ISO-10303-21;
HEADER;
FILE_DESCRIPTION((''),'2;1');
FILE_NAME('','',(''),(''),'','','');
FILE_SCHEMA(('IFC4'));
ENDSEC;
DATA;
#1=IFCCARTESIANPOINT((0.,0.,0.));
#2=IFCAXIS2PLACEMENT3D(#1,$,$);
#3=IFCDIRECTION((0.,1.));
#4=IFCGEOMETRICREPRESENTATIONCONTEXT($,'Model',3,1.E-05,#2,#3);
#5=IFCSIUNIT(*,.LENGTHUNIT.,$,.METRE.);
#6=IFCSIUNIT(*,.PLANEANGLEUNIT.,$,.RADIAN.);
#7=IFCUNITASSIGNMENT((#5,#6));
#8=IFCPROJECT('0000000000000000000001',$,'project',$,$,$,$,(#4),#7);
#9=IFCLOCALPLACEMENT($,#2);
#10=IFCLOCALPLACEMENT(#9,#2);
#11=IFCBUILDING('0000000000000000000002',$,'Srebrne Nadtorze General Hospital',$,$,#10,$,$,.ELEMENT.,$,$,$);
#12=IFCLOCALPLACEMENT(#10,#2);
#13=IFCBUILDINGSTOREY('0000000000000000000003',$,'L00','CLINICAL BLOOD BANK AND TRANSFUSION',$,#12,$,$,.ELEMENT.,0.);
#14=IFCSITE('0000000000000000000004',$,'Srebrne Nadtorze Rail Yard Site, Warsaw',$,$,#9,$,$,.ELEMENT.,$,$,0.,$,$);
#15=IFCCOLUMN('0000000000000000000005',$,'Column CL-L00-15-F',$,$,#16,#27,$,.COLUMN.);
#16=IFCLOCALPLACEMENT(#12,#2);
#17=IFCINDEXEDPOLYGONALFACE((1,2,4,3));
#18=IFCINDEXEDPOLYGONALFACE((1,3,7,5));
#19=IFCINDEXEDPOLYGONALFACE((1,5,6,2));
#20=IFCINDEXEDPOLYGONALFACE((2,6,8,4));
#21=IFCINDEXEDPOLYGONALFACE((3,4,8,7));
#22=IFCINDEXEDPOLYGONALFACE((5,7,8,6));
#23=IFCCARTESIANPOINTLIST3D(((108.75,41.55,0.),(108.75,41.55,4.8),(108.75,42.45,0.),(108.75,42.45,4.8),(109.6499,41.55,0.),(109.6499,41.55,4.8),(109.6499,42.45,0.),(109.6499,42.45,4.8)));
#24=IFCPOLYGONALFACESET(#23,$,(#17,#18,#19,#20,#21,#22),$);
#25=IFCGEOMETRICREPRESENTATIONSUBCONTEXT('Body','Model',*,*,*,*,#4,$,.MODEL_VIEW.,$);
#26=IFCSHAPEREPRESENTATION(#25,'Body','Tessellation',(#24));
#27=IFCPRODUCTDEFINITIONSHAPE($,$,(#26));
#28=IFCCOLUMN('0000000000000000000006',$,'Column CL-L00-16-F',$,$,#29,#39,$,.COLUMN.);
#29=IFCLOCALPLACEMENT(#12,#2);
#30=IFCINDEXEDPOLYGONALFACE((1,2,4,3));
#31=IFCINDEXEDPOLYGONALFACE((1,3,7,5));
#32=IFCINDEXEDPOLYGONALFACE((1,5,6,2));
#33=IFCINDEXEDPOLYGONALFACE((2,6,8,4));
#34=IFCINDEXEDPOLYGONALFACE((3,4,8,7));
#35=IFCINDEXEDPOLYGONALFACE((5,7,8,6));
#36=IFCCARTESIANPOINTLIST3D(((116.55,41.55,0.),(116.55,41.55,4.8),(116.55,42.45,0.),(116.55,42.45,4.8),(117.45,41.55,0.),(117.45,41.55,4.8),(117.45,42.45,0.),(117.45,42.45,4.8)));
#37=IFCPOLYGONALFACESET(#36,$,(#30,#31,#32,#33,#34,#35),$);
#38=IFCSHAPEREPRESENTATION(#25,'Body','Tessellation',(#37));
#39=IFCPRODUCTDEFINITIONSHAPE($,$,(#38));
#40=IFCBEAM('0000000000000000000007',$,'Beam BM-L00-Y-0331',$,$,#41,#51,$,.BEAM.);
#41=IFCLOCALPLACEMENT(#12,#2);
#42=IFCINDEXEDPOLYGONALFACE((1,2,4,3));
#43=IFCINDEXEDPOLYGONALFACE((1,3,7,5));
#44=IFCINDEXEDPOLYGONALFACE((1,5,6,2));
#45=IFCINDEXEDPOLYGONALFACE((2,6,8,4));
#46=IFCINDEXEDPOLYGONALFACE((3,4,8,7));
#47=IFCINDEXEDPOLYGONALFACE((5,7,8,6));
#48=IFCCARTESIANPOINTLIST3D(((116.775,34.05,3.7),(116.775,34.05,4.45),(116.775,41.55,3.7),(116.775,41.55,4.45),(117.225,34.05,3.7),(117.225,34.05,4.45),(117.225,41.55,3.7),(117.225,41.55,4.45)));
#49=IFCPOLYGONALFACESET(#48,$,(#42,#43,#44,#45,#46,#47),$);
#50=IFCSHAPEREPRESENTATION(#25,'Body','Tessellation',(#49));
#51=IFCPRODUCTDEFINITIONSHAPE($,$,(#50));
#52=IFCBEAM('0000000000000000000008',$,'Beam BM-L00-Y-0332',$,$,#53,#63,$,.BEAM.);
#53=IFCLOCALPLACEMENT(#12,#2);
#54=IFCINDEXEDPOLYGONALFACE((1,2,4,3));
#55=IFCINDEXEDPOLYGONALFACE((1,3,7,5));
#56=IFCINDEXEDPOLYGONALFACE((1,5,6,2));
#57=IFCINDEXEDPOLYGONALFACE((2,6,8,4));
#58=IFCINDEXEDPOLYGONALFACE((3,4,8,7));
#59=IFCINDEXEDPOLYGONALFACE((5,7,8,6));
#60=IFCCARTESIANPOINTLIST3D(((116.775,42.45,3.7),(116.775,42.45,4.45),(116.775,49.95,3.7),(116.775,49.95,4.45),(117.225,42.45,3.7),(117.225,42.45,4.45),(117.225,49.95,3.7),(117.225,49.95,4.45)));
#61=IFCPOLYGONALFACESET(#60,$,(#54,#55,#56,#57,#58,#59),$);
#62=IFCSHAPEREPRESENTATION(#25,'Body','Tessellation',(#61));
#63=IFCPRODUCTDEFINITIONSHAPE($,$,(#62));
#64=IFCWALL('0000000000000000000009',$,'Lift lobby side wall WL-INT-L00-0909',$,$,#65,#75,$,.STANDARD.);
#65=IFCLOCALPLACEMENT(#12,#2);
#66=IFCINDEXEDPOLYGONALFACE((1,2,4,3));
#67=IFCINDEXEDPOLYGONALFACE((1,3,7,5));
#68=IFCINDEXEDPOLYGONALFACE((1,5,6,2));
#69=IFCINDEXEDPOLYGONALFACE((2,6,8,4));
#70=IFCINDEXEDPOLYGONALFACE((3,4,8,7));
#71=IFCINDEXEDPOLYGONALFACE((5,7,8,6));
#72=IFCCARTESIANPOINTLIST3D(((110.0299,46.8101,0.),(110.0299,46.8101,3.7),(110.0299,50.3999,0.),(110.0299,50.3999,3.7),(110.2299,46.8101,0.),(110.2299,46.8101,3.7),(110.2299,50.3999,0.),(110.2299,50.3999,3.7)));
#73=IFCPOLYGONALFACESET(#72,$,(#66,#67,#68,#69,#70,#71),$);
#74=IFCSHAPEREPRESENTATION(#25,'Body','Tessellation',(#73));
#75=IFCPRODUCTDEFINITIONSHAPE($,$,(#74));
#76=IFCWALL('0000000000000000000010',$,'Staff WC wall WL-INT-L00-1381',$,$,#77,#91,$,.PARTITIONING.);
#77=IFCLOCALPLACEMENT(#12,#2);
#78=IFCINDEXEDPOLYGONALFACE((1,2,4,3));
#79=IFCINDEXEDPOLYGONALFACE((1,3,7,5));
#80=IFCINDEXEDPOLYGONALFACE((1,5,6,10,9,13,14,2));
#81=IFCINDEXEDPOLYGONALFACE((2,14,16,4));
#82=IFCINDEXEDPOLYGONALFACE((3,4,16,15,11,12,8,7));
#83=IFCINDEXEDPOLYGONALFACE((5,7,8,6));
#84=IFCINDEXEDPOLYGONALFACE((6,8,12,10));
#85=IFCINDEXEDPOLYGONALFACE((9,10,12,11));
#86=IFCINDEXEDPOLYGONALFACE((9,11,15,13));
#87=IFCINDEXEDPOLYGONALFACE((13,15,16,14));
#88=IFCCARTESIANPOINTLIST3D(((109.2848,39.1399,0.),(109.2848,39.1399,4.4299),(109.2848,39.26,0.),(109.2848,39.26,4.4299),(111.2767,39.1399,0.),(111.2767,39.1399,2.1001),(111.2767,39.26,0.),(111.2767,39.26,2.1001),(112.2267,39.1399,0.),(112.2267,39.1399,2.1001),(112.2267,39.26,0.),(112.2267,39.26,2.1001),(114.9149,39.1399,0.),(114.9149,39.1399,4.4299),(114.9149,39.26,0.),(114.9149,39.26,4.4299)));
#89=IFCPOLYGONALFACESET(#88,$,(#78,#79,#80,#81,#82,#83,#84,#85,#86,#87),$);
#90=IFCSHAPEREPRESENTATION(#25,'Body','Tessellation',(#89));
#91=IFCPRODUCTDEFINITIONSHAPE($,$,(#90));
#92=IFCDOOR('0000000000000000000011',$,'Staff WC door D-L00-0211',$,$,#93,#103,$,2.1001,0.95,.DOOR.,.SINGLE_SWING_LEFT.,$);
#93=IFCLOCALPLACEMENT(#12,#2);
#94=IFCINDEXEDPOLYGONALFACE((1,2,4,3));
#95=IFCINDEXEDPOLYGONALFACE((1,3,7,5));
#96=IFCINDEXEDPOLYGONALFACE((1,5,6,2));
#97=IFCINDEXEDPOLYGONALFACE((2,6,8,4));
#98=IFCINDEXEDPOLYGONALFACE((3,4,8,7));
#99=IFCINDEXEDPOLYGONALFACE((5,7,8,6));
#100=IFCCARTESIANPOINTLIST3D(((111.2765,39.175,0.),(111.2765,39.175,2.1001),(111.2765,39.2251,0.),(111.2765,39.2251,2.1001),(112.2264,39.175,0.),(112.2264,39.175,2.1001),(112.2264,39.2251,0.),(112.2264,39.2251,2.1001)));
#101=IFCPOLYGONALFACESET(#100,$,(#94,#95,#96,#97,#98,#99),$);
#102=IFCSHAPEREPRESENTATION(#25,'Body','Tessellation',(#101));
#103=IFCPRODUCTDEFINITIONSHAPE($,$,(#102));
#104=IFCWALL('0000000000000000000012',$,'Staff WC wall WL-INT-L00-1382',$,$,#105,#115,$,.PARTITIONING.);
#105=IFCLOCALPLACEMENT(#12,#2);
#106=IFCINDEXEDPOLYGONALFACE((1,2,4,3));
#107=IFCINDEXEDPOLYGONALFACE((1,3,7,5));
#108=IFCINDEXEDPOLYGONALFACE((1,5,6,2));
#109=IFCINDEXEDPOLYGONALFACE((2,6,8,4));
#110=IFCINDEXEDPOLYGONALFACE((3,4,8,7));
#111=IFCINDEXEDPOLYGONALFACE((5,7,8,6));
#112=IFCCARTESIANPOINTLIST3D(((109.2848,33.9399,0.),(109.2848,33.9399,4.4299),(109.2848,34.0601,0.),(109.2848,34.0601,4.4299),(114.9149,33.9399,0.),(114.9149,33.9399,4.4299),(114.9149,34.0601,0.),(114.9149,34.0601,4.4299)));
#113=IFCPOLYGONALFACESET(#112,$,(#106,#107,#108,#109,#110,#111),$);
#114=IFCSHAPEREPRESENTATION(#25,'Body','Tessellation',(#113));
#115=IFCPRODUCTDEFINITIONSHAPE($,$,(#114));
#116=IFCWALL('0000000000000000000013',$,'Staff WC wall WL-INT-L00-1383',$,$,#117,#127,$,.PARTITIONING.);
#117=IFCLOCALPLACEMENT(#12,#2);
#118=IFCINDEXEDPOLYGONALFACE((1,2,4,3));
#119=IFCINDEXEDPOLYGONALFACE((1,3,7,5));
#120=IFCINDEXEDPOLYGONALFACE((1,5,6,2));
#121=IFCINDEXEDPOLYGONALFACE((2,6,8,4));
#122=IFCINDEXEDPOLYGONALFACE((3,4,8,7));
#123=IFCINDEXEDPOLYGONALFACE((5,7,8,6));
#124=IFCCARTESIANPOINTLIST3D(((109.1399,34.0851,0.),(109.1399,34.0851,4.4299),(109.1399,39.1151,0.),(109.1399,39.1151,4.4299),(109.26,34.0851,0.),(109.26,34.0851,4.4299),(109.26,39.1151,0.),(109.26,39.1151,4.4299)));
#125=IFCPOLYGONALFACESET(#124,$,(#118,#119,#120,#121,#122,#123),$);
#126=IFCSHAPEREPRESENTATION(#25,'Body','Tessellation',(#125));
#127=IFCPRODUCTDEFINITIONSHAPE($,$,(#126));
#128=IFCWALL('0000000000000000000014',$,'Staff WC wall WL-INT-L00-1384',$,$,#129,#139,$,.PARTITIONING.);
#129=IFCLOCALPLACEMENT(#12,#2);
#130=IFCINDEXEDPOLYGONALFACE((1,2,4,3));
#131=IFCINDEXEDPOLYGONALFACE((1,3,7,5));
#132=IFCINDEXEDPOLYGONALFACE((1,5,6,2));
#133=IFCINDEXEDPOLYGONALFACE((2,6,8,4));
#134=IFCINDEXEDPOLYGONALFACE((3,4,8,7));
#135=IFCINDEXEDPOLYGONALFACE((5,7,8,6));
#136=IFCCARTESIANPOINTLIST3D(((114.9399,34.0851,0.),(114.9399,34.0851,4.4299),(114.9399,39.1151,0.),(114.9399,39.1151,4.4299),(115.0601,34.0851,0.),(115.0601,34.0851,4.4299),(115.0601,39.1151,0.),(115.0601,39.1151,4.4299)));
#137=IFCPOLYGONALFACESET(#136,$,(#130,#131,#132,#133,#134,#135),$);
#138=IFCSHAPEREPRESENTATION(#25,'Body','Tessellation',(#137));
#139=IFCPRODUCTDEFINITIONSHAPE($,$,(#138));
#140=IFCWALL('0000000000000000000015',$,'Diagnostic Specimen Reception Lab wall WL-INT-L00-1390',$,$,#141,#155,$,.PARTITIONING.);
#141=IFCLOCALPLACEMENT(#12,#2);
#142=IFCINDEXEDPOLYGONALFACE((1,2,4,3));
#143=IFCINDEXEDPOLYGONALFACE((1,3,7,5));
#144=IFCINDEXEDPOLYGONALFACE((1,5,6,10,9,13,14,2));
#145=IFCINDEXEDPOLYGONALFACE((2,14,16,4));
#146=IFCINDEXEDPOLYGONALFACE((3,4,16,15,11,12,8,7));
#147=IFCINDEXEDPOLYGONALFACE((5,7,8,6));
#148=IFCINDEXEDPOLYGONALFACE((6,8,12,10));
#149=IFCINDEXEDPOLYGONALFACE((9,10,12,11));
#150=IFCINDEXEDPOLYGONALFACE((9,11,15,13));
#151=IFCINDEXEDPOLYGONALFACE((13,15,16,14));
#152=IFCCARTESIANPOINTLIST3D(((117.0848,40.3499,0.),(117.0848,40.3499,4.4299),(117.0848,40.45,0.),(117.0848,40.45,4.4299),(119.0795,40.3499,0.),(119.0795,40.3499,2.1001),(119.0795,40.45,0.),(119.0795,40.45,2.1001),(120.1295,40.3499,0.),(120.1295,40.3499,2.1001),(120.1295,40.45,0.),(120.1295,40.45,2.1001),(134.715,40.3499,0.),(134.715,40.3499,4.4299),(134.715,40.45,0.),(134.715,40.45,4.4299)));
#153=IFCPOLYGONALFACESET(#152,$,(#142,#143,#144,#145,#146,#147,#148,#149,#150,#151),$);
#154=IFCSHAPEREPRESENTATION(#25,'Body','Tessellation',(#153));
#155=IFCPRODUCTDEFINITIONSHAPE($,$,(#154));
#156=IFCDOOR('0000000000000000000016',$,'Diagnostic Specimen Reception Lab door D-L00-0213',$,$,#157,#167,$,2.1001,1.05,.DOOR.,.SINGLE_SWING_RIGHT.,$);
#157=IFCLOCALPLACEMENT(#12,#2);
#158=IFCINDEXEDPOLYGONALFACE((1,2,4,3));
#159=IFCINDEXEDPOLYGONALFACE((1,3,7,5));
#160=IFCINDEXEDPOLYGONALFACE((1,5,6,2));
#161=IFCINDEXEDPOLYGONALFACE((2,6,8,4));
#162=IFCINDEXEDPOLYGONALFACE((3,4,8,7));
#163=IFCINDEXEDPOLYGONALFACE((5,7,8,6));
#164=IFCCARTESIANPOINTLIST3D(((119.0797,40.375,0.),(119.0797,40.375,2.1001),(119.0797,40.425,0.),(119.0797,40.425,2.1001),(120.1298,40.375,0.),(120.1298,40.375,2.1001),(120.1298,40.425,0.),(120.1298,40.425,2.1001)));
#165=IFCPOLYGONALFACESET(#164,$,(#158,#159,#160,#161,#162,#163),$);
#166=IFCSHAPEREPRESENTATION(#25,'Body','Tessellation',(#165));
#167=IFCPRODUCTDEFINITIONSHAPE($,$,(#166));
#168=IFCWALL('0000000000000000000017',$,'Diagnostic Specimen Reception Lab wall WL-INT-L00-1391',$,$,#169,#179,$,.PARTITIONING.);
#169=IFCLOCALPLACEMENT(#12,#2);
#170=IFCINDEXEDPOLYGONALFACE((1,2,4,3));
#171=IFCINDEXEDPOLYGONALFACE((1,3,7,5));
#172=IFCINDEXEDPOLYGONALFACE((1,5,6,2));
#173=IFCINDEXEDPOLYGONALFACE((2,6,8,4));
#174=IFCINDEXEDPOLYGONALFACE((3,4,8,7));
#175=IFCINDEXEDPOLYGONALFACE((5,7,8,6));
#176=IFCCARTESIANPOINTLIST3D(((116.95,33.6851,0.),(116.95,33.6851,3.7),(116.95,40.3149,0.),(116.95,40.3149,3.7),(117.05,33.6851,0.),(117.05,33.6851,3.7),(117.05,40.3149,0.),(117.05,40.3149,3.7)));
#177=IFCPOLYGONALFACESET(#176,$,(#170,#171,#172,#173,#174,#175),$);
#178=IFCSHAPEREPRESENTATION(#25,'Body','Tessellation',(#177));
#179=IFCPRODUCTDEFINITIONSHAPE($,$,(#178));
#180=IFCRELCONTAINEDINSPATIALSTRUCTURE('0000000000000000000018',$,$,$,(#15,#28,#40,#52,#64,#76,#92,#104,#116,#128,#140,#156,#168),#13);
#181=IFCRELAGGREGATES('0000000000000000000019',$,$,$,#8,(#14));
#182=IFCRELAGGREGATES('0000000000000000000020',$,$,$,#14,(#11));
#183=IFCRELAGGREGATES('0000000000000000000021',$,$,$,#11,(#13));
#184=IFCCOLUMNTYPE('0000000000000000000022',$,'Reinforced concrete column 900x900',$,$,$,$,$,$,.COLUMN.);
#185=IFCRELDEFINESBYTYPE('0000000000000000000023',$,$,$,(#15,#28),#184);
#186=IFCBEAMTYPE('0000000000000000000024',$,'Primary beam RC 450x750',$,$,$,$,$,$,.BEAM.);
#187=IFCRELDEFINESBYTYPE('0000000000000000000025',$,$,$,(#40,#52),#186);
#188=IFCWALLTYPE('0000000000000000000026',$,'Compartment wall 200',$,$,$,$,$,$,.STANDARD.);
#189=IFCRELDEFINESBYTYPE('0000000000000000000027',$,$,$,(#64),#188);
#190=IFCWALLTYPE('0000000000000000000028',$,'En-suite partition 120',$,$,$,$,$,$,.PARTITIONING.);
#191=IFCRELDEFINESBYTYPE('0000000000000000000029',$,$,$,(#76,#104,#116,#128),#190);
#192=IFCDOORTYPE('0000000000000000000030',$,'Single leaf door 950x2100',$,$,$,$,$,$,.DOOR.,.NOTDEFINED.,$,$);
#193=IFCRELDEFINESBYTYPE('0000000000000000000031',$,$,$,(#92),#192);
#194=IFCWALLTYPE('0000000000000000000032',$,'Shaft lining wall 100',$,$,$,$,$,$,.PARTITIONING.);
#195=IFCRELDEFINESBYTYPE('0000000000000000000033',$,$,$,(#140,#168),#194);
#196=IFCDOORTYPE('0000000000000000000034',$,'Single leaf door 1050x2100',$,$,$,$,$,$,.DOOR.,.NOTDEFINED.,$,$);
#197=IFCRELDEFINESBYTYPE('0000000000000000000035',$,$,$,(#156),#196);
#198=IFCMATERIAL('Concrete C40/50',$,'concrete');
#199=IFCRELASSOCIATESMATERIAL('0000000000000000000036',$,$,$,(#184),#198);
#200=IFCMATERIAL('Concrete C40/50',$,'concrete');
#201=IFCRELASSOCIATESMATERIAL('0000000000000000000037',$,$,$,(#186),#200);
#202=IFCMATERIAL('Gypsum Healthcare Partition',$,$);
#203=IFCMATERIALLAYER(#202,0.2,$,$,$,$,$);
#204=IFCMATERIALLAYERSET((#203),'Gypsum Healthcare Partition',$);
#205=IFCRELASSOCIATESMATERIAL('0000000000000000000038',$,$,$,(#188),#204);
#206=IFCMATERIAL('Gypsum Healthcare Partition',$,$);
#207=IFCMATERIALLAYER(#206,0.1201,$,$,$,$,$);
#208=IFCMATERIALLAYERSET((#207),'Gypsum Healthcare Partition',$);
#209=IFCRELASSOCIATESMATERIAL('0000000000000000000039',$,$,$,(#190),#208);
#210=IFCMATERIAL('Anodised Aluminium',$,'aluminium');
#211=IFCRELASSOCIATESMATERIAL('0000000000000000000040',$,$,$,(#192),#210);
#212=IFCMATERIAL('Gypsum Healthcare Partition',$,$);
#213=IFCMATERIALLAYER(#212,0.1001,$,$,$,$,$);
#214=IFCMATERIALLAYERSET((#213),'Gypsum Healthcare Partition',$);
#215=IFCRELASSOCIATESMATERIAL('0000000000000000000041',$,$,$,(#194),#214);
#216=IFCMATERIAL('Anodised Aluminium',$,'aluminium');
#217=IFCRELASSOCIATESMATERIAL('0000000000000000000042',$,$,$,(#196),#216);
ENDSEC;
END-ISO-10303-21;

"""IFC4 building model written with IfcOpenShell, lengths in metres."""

from ifc_helpers import new_model, si_unit, direction, frame, frame_2d, origin, origin_2d, place, context, subcontext, project, spatial, rectangle, extrude, material, layer, layer_set, material_profile, profile_set, type_object, element, fill, save


model = new_model("IFC4")

# Units and contexts
model_context = context("Model", 3, precision=1e-05, world=origin(), true_north=direction((0.0, 1.0)))
body_context = subcontext(model_context, "Body", "Model", "MODEL_VIEW")
ifc_project = project(units=[si_unit("LENGTHUNIT", "METRE"), si_unit("PLANEANGLEUNIT", "RADIAN")], contexts=[model_context])

# Site, building, storey
site_placement = place(None, origin())
site = spatial("IfcSite", under=ifc_project, at=site_placement, Name="Srebrne Nadtorze Rail Yard Site, Warsaw", CompositionType="ELEMENT", RefElevation=0.0)
building_placement = place(site_placement, origin())
building = spatial("IfcBuilding", under=site, at=building_placement, Name="Srebrne Nadtorze General Hospital", CompositionType="ELEMENT")
storey_placement = place(building_placement, origin())
storey = spatial("IfcBuildingStorey", under=building, at=storey_placement, Name="L00", Description="CLINICAL BLOOD BANK AND TRANSFUSION", CompositionType="ELEMENT", Elevation=0.0)

# Columns
ifc_material_1 = material(Name="Concrete C40/50", Category="concrete")
ifc_material_profile_1 = material_profile(ifc_material_1, rectangle(XDim=0.8999, YDim=0.8999, at=origin_2d()), Name="RC-COL-900x900")
ifc_profile_set_1 = profile_set([ifc_material_profile_1], Name="Concrete C40/50")
column_type = type_object("IfcColumnType", Name="Reinforced concrete column 900x900", PredefinedType="COLUMN", material=ifc_profile_set_1)
for number, where, z_axis, x_axis, name in (
    (1, (109.2, 42.0, 0.0), (0.0, 0.0, 1.0), (1.0, 0.0, 0.0), "Column CL-L00-15-F"),
    (2, (117.0, 42.0, 0.0), (0.0, 0.0, 1.0), (1.0, 0.0, 0.0), "Column CL-L00-16-F"),
):
    element("IfcColumn", number, at=place(storey_placement, frame(where, z_axis=z_axis, x_axis=x_axis)), inside=storey, type_object=column_type, Name=name, PredefinedType="COLUMN", context=body_context, shape_type="SweptSolid", body=[
        extrude(rectangle(XDim=0.8999, YDim=0.8999, at=origin_2d()), origin(), (0.0, 0.0, 1.0), 4.8),
    ])

# Beams
ifc_material_2 = material(Name="Concrete C40/50", Category="concrete")
ifc_material_profile_2 = material_profile(ifc_material_2, rectangle(XDim=0.45, YDim=0.75, at=origin_2d()), Name="RC-BM-450x750")
ifc_profile_set_2 = profile_set([ifc_material_profile_2], Name="Concrete C40/50")
beam_type = type_object("IfcBeamType", Name="Primary beam RC 450x750", PredefinedType="BEAM", material=ifc_profile_set_2)
for number, where, z_axis, x_axis, name in (
    (3, (117.0, 34.05, 4.075), (0.0, 1.0, 0.0), (-1.0, 0.0, 0.0), "Beam BM-L00-Y-0331"),
    (4, (117.0, 42.45, 4.075), (0.0, 1.0, 0.0), (-1.0, 0.0, 0.0), "Beam BM-L00-Y-0332"),
):
    element("IfcBeam", number, at=place(storey_placement, frame(where, z_axis=z_axis, x_axis=x_axis)), inside=storey, type_object=beam_type, Name=name, PredefinedType="BEAM", context=body_context, shape_type="SweptSolid", body=[
        extrude(rectangle(XDim=0.45, YDim=0.75, at=origin_2d()), origin(), (0.0, 0.0, 1.0), 7.5),
    ])

# Wall
ifc_material_3 = material(Name="Gypsum Healthcare Partition")
ifc_layer_1 = layer(ifc_material_3, 0.2)
ifc_layer_set_1 = layer_set([ifc_layer_1], Name="Gypsum Healthcare Partition")
wall_type_1 = type_object("IfcWallType", Name="Compartment wall 200", PredefinedType="STANDARD", material=ifc_layer_set_1)
wall_1_placement = place(storey_placement, frame((110.1299, 46.8101, 0.0), z_axis=(0.0, 0.0, 1.0), x_axis=(0.0, 1.0, 0.0)))
element("IfcWall", 5, at=wall_1_placement, inside=storey, type_object=wall_type_1, Name="Lift lobby side wall WL-INT-L00-0909", PredefinedType="STANDARD", context=body_context, shape_type="SweptSolid", body=[
    extrude(rectangle(XDim=3.5898, YDim=0.2, at=frame_2d((1.7949, 0.0))), origin(), (0.0, 0.0, 1.0), 3.7),
])

# Wall, opening, door
ifc_material_4 = material(Name="Gypsum Healthcare Partition")
ifc_layer_2 = layer(ifc_material_4, 0.1201)
ifc_layer_set_2 = layer_set([ifc_layer_2], Name="Gypsum Healthcare Partition")
wall_type_2 = type_object("IfcWallType", Name="En-suite partition 120", PredefinedType="PARTITIONING", material=ifc_layer_set_2)
wall_2_placement = place(storey_placement, frame((109.2849, 39.2, 0.0), z_axis=(0.0, 0.0, 1.0), x_axis=(1.0, 0.0, 0.0)))
wall_2 = element("IfcWall", 6, at=wall_2_placement, inside=storey, type_object=wall_type_2, Name="Staff WC wall WL-INT-L00-1381", PredefinedType="PARTITIONING", context=body_context, shape_type="SweptSolid", body=[
    extrude(rectangle(XDim=5.6301, YDim=0.1201, at=frame_2d((2.8149, 0.0))), origin(), (0.0, 0.0, 1.0), 4.4299),
])
opening_1_placement = place(wall_2_placement, frame((1.9917, 0.0, 0.0)))
opening_1 = element("IfcOpeningElement", 7, at=opening_1_placement, cuts=wall_2, PredefinedType="OPENING", context=body_context, shape_type="SweptSolid", body=[
    extrude(rectangle(XDim=0.95, YDim=2.1001, at=frame_2d((0.4751, 1.05))), frame((0.0, 0.072, 0.0), z_axis=(0.0, -1.0, 0.0), x_axis=(1.0, 0.0, 0.0)), (0.0, 0.0, 1.0), 0.144),
])
ifc_material_5 = material(Name="Anodised Aluminium", Category="aluminium")
door_type_1 = type_object("IfcDoorType", Name="Single leaf door 950x2100", OperationType="NOTDEFINED", PredefinedType="DOOR", material=ifc_material_5)
door_1_placement = place(opening_1_placement, frame((0.95, 0.0, 0.0), z_axis=(0.0, 0.0, 1.0), x_axis=(-1.0, 0.0, 0.0)))
door_1 = element("IfcDoor", 8, at=door_1_placement, inside=storey, type_object=door_type_1, Name="Staff WC door D-L00-0211", OperationType="SINGLE_SWING_LEFT", OverallHeight=2.1001, OverallWidth=0.95, PredefinedType="DOOR", context=body_context, shape_type="SweptSolid", body=[
    extrude(rectangle(XDim=0.95, YDim=2.1001, at=frame_2d((0.4751, 1.05))), frame((0.0, 0.0249, 0.0), z_axis=(0.0, -1.0, 0.0), x_axis=(1.0, 0.0, 0.0)), (0.0, 0.0, 1.0), 0.05),
])
fill(opening_1, door_1)

# Walls
wall_3_placement = place(storey_placement, frame((109.2849, 34.0, 0.0), z_axis=(0.0, 0.0, 1.0), x_axis=(1.0, 0.0, 0.0)))
element("IfcWall", 9, at=wall_3_placement, inside=storey, type_object=wall_type_2, Name="Staff WC wall WL-INT-L00-1382", PredefinedType="PARTITIONING", context=body_context, shape_type="SweptSolid", body=[
    extrude(rectangle(XDim=5.6301, YDim=0.1201, at=frame_2d((2.8149, 0.0))), origin(), (0.0, 0.0, 1.0), 4.4299),
])
for number, where, z_axis, x_axis, name in (
    (10, (109.2, 34.085, 0.0), (0.0, 0.0, 1.0), (0.0, 1.0, 0.0), "Staff WC wall WL-INT-L00-1383"),
    (11, (115.0, 34.085, 0.0), (0.0, 0.0, 1.0), (0.0, 1.0, 0.0), "Staff WC wall WL-INT-L00-1384"),
):
    element("IfcWall", number, at=place(storey_placement, frame(where, z_axis=z_axis, x_axis=x_axis)), inside=storey, type_object=wall_type_2, Name=name, PredefinedType="PARTITIONING", context=body_context, shape_type="SweptSolid", body=[
        extrude(rectangle(XDim=5.03, YDim=0.1201, at=frame_2d((2.5151, 0.0))), origin(), (0.0, 0.0, 1.0), 4.4299),
    ])

# Wall, opening, door
ifc_material_6 = material(Name="Gypsum Healthcare Partition")
ifc_layer_3 = layer(ifc_material_6, 0.1001)
ifc_layer_set_3 = layer_set([ifc_layer_3], Name="Gypsum Healthcare Partition")
wall_type_3 = type_object("IfcWallType", Name="Shaft lining wall 100", PredefinedType="PARTITIONING", material=ifc_layer_set_3)
wall_4_placement = place(storey_placement, frame((117.085, 40.3999, 0.0), z_axis=(0.0, 0.0, 1.0), x_axis=(1.0, 0.0, 0.0)))
wall_4 = element("IfcWall", 12, at=wall_4_placement, inside=storey, type_object=wall_type_3, Name="Diagnostic Specimen Reception Lab wall WL-INT-L00-1390", PredefinedType="PARTITIONING", context=body_context, shape_type="SweptSolid", body=[
    extrude(rectangle(XDim=17.6301, YDim=0.1001, at=frame_2d((8.8149, 0.0))), origin(), (0.0, 0.0, 1.0), 4.4299),
])
opening_2_placement = place(wall_4_placement, frame((1.9946, 0.0, 0.0)))
opening_2 = element("IfcOpeningElement", 13, at=opening_2_placement, cuts=wall_4, PredefinedType="OPENING", context=body_context, shape_type="SweptSolid", body=[
    extrude(rectangle(XDim=1.05, YDim=2.1001, at=frame_2d((0.5249, 1.05))), frame((0.0, 0.062, 0.0), z_axis=(0.0, -1.0, 0.0), x_axis=(1.0, 0.0, 0.0)), (0.0, 0.0, 1.0), 0.124),
])
ifc_material_7 = material(Name="Anodised Aluminium", Category="aluminium")
door_type_2 = type_object("IfcDoorType", Name="Single leaf door 1050x2100", OperationType="NOTDEFINED", PredefinedType="DOOR", material=ifc_material_7)
door_2_placement = place(opening_2_placement, frame((1.05, 0.0, 0.0), z_axis=(0.0, 0.0, 1.0), x_axis=(-1.0, 0.0, 0.0)))
door_2 = element("IfcDoor", 14, at=door_2_placement, inside=storey, type_object=door_type_2, Name="Diagnostic Specimen Reception Lab door D-L00-0213", OperationType="SINGLE_SWING_RIGHT", OverallHeight=2.1001, OverallWidth=1.05, PredefinedType="DOOR", context=body_context, shape_type="SweptSolid", body=[
    extrude(rectangle(XDim=1.05, YDim=2.1001, at=frame_2d((0.5249, 1.05))), frame((0.0, 0.0249, 0.0), z_axis=(0.0, -1.0, 0.0), x_axis=(1.0, 0.0, 0.0)), (0.0, 0.0, 1.0), 0.05),
])
fill(opening_2, door_2)

# Wall
wall_5_placement = place(storey_placement, frame((117.0, 33.6851, 0.0), z_axis=(0.0, 0.0, 1.0), x_axis=(0.0, 1.0, 0.0)))
element("IfcWall", 15, at=wall_5_placement, inside=storey, type_object=wall_type_3, Name="Diagnostic Specimen Reception Lab wall WL-INT-L00-1391", PredefinedType="PARTITIONING", context=body_context, shape_type="SweptSolid", body=[
    extrude(rectangle(XDim=6.6299, YDim=0.1001, at=frame_2d((3.3149, 0.0))), origin(), (0.0, 0.0, 1.0), 3.7),
])

save(model, "model.ifc")
